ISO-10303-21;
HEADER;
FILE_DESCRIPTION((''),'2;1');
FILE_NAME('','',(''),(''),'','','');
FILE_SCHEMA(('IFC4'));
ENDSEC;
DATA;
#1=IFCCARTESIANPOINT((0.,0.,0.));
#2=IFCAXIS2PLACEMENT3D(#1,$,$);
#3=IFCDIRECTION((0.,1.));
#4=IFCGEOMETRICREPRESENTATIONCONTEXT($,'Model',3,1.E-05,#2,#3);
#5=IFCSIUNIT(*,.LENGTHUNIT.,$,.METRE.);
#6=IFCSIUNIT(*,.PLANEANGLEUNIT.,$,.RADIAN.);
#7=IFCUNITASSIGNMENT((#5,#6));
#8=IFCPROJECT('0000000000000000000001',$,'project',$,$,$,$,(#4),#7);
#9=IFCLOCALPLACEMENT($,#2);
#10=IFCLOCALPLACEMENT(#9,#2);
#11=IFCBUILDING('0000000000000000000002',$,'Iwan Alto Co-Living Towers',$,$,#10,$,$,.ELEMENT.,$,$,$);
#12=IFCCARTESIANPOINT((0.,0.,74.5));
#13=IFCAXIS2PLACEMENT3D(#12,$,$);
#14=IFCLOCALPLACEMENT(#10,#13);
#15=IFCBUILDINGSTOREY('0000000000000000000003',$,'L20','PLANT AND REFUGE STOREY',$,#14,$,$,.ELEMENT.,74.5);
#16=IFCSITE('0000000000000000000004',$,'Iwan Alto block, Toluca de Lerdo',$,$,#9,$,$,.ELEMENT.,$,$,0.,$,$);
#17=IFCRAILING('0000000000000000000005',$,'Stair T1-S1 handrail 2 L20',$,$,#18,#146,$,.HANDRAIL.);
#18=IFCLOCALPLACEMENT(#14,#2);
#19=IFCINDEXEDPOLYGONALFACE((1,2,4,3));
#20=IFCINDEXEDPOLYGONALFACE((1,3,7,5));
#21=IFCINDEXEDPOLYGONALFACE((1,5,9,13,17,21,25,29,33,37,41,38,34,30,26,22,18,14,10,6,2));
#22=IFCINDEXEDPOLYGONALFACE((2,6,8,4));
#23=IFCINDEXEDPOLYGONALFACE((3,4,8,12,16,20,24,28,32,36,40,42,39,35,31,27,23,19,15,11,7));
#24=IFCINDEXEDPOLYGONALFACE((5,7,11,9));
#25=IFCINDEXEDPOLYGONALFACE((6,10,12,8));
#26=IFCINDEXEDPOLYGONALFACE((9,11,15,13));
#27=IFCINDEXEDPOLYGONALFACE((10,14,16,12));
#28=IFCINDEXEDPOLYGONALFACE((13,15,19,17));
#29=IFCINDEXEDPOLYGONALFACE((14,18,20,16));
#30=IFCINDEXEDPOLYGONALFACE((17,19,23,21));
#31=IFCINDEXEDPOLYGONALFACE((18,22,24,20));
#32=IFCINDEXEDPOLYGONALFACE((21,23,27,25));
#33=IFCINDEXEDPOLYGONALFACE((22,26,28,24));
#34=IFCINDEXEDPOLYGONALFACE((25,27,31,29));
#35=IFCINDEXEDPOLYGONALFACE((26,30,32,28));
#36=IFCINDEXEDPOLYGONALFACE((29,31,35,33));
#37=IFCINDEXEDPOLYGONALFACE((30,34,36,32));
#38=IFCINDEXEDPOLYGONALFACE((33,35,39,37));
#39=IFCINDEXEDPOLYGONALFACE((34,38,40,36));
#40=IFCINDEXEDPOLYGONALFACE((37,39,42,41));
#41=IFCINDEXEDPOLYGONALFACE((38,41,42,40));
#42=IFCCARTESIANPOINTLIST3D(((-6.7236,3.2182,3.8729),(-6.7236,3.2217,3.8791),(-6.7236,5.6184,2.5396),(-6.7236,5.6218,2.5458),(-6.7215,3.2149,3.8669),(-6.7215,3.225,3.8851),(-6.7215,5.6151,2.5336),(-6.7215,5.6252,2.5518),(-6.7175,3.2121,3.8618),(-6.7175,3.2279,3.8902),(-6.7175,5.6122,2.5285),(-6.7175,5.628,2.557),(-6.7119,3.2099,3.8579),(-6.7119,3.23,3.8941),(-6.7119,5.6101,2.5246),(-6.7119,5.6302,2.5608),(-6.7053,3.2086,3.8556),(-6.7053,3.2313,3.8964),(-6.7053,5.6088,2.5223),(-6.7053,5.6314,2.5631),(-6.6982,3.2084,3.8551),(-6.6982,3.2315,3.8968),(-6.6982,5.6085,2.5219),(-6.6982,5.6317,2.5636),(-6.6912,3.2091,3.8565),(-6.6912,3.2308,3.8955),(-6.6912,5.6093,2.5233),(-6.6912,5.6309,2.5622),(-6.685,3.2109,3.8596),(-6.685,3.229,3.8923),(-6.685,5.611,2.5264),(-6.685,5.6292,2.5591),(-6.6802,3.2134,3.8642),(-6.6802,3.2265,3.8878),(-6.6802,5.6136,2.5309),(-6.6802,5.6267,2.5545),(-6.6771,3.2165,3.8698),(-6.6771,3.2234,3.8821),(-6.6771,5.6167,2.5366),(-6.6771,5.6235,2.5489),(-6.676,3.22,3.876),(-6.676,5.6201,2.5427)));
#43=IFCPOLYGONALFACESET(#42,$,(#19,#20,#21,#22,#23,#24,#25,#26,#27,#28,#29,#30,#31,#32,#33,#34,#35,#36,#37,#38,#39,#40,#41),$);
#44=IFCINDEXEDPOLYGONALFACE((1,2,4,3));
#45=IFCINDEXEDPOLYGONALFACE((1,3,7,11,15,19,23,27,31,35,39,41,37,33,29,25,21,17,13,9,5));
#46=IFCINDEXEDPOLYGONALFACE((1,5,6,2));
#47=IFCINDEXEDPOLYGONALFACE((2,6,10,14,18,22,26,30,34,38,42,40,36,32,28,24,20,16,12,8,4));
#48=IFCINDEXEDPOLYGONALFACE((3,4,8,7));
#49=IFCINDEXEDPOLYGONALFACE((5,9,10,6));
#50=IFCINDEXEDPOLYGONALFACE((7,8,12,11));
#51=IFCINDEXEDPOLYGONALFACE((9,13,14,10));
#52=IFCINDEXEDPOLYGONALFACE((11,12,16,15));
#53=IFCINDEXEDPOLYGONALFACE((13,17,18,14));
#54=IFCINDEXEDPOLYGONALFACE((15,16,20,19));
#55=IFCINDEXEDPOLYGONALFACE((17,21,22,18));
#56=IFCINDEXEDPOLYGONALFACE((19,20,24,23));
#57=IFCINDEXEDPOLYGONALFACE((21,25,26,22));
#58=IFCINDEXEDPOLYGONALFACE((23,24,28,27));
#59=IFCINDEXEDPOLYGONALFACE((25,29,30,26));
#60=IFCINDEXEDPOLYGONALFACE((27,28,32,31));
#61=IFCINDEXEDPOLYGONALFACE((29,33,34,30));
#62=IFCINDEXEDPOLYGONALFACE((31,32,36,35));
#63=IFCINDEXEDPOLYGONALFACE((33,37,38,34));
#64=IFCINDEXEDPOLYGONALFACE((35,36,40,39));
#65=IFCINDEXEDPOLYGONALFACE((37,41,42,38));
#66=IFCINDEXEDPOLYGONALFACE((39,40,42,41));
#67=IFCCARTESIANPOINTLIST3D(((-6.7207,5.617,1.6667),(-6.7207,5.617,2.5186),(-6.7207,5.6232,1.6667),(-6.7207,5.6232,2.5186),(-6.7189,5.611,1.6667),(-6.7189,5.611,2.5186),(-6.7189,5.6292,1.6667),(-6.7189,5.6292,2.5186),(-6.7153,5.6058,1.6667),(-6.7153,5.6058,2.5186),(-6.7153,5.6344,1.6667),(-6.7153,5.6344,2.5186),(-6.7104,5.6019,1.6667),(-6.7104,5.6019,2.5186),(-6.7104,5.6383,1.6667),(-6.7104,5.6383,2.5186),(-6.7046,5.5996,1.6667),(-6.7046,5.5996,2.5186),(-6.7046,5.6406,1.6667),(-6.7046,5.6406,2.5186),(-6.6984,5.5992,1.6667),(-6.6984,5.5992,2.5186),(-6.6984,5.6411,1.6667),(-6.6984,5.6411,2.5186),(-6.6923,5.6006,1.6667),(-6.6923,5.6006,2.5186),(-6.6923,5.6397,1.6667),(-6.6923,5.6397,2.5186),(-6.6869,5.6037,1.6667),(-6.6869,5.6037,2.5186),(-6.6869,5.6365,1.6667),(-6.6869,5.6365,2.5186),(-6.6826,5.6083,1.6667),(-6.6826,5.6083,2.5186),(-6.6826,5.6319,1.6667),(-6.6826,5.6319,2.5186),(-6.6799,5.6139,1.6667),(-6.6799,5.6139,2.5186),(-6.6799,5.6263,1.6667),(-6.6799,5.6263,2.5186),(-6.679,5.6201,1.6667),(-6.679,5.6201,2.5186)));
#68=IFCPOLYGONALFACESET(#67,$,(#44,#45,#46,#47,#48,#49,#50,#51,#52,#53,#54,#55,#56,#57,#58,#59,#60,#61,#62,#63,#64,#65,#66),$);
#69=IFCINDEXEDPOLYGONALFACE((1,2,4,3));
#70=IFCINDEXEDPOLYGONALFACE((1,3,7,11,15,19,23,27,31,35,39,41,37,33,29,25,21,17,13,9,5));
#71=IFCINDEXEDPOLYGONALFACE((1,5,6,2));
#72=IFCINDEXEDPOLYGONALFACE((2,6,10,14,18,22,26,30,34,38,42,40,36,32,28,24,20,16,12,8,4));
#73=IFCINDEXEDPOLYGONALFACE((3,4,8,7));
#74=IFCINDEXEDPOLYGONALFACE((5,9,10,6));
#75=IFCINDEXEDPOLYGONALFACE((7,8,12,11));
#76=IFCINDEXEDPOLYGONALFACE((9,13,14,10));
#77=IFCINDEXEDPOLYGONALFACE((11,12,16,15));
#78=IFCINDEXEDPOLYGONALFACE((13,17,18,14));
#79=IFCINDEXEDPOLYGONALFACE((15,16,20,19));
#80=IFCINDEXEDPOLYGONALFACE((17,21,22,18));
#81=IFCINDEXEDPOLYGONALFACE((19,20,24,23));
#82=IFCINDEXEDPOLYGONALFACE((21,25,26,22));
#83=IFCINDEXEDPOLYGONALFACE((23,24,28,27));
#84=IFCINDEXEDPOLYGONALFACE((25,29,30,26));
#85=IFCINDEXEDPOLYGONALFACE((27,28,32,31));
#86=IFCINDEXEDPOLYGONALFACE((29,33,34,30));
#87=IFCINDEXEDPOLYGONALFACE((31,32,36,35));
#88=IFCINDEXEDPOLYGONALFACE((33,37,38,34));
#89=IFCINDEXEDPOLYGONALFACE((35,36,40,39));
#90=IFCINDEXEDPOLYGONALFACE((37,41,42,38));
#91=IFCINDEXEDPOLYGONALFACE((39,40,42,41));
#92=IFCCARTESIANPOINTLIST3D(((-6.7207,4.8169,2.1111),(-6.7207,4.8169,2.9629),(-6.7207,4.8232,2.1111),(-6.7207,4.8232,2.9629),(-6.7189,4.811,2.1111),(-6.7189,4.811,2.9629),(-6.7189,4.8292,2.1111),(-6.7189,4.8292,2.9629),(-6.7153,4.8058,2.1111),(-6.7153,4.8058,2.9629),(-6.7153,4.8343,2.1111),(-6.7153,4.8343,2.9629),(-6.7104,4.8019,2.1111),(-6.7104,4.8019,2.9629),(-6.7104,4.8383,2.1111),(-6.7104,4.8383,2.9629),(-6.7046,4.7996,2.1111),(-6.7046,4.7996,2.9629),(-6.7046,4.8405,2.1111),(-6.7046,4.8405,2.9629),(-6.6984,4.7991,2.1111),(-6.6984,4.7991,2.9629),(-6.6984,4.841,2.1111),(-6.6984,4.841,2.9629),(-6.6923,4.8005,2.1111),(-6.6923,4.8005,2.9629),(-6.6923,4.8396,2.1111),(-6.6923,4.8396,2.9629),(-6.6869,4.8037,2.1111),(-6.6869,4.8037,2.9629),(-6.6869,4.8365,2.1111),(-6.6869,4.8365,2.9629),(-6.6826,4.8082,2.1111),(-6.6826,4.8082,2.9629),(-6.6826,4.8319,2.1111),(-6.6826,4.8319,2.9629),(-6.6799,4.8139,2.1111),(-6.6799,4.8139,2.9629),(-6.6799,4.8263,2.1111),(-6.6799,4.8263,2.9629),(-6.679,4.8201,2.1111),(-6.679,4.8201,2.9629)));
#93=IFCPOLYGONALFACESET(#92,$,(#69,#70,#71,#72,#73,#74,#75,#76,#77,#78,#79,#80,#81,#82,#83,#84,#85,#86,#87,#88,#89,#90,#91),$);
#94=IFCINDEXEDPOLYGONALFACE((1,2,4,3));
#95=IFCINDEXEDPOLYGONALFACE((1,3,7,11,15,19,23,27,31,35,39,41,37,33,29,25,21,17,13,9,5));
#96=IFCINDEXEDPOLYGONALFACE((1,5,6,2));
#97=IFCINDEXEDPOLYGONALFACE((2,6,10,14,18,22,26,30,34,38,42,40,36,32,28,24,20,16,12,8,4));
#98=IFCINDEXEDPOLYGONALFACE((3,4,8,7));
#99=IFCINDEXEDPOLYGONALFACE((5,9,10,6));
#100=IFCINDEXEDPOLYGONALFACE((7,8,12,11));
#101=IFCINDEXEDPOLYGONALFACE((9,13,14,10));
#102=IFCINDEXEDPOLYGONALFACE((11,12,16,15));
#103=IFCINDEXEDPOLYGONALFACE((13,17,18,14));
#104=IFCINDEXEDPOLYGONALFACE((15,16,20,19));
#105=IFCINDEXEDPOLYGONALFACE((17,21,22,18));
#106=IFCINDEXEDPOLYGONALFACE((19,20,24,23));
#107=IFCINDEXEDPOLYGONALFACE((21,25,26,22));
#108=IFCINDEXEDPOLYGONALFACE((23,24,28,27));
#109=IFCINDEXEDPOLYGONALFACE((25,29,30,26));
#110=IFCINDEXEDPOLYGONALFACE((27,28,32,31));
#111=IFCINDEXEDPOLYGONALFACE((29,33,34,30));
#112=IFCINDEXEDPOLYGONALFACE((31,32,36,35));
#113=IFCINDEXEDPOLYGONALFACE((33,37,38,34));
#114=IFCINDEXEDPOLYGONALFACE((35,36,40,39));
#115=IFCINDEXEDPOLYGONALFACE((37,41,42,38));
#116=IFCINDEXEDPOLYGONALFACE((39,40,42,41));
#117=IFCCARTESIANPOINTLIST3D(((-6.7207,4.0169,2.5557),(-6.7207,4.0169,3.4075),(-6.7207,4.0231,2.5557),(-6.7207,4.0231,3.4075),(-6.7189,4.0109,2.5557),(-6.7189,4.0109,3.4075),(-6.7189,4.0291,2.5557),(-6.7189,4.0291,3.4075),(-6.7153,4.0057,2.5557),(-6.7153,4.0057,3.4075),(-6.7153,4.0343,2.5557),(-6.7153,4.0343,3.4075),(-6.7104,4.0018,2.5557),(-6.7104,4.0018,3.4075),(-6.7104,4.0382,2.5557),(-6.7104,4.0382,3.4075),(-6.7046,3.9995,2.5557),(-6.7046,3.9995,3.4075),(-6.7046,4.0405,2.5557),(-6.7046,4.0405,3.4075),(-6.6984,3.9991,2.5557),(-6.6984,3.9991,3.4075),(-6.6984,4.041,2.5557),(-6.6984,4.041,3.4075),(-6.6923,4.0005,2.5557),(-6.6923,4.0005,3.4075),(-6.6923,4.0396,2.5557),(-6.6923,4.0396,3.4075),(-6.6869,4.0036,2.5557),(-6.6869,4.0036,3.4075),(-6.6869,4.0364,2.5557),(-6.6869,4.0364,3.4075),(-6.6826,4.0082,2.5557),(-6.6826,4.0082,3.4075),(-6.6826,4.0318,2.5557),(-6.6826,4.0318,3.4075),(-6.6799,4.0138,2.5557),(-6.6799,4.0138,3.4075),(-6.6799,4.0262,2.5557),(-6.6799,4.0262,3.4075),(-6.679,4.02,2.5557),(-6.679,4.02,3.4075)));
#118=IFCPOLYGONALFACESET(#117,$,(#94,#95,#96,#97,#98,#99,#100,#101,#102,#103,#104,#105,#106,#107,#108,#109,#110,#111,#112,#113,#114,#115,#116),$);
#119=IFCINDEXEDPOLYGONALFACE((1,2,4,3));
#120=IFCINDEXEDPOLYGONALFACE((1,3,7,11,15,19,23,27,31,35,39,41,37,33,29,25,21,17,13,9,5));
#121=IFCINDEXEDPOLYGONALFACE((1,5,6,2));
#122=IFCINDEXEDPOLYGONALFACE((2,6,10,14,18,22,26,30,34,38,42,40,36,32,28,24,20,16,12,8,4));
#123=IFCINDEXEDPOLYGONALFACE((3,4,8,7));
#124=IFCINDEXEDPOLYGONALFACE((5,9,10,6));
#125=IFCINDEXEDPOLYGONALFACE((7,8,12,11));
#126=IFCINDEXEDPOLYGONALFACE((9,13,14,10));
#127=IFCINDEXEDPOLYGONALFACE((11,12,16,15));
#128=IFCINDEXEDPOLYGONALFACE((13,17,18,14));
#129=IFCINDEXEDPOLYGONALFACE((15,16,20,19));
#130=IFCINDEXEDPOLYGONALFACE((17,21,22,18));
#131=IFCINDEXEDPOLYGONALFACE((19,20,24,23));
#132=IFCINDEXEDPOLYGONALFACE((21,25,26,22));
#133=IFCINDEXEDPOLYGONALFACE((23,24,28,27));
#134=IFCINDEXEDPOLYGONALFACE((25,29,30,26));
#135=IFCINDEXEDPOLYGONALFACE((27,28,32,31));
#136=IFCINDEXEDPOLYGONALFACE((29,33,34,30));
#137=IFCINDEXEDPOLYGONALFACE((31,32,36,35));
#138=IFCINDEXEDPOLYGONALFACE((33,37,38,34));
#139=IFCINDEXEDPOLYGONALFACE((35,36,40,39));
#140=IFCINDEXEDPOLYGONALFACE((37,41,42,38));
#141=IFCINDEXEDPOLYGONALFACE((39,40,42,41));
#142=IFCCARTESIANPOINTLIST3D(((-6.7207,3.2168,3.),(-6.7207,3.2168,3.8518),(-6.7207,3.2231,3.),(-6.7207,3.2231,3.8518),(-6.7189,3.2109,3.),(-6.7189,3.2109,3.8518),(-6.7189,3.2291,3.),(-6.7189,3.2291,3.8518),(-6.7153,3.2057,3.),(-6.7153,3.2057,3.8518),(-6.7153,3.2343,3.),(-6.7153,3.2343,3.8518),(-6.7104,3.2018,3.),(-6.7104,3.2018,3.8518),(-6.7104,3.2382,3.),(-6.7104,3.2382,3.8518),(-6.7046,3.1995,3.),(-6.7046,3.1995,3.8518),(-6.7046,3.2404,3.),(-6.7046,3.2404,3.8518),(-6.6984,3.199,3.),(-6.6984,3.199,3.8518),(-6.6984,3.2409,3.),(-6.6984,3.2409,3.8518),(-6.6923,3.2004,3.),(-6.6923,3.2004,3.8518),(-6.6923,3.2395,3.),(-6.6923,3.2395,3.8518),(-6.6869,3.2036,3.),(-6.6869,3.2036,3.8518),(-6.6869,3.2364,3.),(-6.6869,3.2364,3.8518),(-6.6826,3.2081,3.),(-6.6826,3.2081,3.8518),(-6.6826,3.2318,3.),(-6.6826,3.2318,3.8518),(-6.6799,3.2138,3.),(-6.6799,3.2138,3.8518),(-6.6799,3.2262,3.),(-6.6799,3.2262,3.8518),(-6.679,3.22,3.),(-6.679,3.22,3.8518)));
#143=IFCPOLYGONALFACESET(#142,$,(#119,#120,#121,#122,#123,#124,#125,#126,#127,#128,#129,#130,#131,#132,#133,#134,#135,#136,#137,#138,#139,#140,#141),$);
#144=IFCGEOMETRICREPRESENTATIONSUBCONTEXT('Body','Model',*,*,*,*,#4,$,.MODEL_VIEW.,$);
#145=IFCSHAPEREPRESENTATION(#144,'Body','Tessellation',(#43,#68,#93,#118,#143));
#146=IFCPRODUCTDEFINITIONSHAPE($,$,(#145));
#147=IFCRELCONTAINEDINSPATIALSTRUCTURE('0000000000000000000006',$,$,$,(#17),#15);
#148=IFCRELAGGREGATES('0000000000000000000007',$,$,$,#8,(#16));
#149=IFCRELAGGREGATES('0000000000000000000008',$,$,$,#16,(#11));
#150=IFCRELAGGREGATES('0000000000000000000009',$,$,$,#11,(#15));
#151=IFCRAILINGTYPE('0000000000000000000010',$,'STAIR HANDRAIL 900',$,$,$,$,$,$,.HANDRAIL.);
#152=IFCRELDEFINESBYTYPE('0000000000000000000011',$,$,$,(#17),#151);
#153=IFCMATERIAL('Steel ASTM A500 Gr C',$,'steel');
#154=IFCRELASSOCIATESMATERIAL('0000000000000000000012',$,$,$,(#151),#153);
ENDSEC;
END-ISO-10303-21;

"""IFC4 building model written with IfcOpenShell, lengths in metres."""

from ifc_helpers import new_model, si_unit, direction, frame, origin, origin_2d, place, context, subcontext, project, spatial, circle, extrude, material, type_object, element, save


model = new_model("IFC4")

# Units and contexts
model_context = context("Model", 3, precision=1e-05, world=origin(), true_north=direction((0.0, 1.0)))
body_context = subcontext(model_context, "Body", "Model", "MODEL_VIEW")
ifc_project = project(units=[si_unit("LENGTHUNIT", "METRE"), si_unit("PLANEANGLEUNIT", "RADIAN")], contexts=[model_context])

# Site, building, storey
site_placement = place(None, origin())
site = spatial("IfcSite", under=ifc_project, at=site_placement, Name="Iwan Alto block, Toluca de Lerdo", CompositionType="ELEMENT", RefElevation=0.0)
building_placement = place(site_placement, origin())
building = spatial("IfcBuilding", under=site, at=building_placement, Name="Iwan Alto Co-Living Towers", CompositionType="ELEMENT")
storey_placement = place(building_placement, frame((0.0, 0.0, 74.5)))
storey = spatial("IfcBuildingStorey", under=building, at=storey_placement, Name="L20", Description="PLANT AND REFUGE STOREY", CompositionType="ELEMENT", Elevation=74.5)

# Railing
ifc_material_1 = material(Name="Steel ASTM A500 Gr C", Category="steel")
railing_type_1 = type_object("IfcRailingType", Name="STAIR HANDRAIL 900", PredefinedType="HANDRAIL", material=ifc_material_1)
railing_1_placement = place(storey_placement, frame((-6.7, 5.6201, 1.6667)))
element("IfcRailing", 1, at=railing_1_placement, inside=storey, type_object=railing_type_1, Name="Stair T1-S1 handrail 2 L20", PredefinedType="HANDRAIL", context=body_context, shape_type="SweptSolid", body=[
    extrude(circle(Radius=0.0239, at=origin_2d()), frame((0.0, 0.0, 0.876), z_axis=(0.0, -0.874182, 0.485598), x_axis=(1.0, 0.0, 0.0)), (0.0, 0.0, 1.0), 2.7456),
    extrude(circle(Radius=0.021, at=origin_2d()), origin(), (0.0, 0.0, 1.0), 0.8518),
    extrude(circle(Radius=0.021, at=origin_2d()), frame((0.0, -0.8, 0.4443)), (0.0, 0.0, 1.0), 0.8518),
    extrude(circle(Radius=0.021, at=origin_2d()), frame((0.0, -1.6001, 0.8889)), (0.0, 0.0, 1.0), 0.8518),
    extrude(circle(Radius=0.021, at=origin_2d()), frame((0.0, -2.4001, 1.3333)), (0.0, 0.0, 1.0), 0.8518),
])

save(model, "model.ifc")
